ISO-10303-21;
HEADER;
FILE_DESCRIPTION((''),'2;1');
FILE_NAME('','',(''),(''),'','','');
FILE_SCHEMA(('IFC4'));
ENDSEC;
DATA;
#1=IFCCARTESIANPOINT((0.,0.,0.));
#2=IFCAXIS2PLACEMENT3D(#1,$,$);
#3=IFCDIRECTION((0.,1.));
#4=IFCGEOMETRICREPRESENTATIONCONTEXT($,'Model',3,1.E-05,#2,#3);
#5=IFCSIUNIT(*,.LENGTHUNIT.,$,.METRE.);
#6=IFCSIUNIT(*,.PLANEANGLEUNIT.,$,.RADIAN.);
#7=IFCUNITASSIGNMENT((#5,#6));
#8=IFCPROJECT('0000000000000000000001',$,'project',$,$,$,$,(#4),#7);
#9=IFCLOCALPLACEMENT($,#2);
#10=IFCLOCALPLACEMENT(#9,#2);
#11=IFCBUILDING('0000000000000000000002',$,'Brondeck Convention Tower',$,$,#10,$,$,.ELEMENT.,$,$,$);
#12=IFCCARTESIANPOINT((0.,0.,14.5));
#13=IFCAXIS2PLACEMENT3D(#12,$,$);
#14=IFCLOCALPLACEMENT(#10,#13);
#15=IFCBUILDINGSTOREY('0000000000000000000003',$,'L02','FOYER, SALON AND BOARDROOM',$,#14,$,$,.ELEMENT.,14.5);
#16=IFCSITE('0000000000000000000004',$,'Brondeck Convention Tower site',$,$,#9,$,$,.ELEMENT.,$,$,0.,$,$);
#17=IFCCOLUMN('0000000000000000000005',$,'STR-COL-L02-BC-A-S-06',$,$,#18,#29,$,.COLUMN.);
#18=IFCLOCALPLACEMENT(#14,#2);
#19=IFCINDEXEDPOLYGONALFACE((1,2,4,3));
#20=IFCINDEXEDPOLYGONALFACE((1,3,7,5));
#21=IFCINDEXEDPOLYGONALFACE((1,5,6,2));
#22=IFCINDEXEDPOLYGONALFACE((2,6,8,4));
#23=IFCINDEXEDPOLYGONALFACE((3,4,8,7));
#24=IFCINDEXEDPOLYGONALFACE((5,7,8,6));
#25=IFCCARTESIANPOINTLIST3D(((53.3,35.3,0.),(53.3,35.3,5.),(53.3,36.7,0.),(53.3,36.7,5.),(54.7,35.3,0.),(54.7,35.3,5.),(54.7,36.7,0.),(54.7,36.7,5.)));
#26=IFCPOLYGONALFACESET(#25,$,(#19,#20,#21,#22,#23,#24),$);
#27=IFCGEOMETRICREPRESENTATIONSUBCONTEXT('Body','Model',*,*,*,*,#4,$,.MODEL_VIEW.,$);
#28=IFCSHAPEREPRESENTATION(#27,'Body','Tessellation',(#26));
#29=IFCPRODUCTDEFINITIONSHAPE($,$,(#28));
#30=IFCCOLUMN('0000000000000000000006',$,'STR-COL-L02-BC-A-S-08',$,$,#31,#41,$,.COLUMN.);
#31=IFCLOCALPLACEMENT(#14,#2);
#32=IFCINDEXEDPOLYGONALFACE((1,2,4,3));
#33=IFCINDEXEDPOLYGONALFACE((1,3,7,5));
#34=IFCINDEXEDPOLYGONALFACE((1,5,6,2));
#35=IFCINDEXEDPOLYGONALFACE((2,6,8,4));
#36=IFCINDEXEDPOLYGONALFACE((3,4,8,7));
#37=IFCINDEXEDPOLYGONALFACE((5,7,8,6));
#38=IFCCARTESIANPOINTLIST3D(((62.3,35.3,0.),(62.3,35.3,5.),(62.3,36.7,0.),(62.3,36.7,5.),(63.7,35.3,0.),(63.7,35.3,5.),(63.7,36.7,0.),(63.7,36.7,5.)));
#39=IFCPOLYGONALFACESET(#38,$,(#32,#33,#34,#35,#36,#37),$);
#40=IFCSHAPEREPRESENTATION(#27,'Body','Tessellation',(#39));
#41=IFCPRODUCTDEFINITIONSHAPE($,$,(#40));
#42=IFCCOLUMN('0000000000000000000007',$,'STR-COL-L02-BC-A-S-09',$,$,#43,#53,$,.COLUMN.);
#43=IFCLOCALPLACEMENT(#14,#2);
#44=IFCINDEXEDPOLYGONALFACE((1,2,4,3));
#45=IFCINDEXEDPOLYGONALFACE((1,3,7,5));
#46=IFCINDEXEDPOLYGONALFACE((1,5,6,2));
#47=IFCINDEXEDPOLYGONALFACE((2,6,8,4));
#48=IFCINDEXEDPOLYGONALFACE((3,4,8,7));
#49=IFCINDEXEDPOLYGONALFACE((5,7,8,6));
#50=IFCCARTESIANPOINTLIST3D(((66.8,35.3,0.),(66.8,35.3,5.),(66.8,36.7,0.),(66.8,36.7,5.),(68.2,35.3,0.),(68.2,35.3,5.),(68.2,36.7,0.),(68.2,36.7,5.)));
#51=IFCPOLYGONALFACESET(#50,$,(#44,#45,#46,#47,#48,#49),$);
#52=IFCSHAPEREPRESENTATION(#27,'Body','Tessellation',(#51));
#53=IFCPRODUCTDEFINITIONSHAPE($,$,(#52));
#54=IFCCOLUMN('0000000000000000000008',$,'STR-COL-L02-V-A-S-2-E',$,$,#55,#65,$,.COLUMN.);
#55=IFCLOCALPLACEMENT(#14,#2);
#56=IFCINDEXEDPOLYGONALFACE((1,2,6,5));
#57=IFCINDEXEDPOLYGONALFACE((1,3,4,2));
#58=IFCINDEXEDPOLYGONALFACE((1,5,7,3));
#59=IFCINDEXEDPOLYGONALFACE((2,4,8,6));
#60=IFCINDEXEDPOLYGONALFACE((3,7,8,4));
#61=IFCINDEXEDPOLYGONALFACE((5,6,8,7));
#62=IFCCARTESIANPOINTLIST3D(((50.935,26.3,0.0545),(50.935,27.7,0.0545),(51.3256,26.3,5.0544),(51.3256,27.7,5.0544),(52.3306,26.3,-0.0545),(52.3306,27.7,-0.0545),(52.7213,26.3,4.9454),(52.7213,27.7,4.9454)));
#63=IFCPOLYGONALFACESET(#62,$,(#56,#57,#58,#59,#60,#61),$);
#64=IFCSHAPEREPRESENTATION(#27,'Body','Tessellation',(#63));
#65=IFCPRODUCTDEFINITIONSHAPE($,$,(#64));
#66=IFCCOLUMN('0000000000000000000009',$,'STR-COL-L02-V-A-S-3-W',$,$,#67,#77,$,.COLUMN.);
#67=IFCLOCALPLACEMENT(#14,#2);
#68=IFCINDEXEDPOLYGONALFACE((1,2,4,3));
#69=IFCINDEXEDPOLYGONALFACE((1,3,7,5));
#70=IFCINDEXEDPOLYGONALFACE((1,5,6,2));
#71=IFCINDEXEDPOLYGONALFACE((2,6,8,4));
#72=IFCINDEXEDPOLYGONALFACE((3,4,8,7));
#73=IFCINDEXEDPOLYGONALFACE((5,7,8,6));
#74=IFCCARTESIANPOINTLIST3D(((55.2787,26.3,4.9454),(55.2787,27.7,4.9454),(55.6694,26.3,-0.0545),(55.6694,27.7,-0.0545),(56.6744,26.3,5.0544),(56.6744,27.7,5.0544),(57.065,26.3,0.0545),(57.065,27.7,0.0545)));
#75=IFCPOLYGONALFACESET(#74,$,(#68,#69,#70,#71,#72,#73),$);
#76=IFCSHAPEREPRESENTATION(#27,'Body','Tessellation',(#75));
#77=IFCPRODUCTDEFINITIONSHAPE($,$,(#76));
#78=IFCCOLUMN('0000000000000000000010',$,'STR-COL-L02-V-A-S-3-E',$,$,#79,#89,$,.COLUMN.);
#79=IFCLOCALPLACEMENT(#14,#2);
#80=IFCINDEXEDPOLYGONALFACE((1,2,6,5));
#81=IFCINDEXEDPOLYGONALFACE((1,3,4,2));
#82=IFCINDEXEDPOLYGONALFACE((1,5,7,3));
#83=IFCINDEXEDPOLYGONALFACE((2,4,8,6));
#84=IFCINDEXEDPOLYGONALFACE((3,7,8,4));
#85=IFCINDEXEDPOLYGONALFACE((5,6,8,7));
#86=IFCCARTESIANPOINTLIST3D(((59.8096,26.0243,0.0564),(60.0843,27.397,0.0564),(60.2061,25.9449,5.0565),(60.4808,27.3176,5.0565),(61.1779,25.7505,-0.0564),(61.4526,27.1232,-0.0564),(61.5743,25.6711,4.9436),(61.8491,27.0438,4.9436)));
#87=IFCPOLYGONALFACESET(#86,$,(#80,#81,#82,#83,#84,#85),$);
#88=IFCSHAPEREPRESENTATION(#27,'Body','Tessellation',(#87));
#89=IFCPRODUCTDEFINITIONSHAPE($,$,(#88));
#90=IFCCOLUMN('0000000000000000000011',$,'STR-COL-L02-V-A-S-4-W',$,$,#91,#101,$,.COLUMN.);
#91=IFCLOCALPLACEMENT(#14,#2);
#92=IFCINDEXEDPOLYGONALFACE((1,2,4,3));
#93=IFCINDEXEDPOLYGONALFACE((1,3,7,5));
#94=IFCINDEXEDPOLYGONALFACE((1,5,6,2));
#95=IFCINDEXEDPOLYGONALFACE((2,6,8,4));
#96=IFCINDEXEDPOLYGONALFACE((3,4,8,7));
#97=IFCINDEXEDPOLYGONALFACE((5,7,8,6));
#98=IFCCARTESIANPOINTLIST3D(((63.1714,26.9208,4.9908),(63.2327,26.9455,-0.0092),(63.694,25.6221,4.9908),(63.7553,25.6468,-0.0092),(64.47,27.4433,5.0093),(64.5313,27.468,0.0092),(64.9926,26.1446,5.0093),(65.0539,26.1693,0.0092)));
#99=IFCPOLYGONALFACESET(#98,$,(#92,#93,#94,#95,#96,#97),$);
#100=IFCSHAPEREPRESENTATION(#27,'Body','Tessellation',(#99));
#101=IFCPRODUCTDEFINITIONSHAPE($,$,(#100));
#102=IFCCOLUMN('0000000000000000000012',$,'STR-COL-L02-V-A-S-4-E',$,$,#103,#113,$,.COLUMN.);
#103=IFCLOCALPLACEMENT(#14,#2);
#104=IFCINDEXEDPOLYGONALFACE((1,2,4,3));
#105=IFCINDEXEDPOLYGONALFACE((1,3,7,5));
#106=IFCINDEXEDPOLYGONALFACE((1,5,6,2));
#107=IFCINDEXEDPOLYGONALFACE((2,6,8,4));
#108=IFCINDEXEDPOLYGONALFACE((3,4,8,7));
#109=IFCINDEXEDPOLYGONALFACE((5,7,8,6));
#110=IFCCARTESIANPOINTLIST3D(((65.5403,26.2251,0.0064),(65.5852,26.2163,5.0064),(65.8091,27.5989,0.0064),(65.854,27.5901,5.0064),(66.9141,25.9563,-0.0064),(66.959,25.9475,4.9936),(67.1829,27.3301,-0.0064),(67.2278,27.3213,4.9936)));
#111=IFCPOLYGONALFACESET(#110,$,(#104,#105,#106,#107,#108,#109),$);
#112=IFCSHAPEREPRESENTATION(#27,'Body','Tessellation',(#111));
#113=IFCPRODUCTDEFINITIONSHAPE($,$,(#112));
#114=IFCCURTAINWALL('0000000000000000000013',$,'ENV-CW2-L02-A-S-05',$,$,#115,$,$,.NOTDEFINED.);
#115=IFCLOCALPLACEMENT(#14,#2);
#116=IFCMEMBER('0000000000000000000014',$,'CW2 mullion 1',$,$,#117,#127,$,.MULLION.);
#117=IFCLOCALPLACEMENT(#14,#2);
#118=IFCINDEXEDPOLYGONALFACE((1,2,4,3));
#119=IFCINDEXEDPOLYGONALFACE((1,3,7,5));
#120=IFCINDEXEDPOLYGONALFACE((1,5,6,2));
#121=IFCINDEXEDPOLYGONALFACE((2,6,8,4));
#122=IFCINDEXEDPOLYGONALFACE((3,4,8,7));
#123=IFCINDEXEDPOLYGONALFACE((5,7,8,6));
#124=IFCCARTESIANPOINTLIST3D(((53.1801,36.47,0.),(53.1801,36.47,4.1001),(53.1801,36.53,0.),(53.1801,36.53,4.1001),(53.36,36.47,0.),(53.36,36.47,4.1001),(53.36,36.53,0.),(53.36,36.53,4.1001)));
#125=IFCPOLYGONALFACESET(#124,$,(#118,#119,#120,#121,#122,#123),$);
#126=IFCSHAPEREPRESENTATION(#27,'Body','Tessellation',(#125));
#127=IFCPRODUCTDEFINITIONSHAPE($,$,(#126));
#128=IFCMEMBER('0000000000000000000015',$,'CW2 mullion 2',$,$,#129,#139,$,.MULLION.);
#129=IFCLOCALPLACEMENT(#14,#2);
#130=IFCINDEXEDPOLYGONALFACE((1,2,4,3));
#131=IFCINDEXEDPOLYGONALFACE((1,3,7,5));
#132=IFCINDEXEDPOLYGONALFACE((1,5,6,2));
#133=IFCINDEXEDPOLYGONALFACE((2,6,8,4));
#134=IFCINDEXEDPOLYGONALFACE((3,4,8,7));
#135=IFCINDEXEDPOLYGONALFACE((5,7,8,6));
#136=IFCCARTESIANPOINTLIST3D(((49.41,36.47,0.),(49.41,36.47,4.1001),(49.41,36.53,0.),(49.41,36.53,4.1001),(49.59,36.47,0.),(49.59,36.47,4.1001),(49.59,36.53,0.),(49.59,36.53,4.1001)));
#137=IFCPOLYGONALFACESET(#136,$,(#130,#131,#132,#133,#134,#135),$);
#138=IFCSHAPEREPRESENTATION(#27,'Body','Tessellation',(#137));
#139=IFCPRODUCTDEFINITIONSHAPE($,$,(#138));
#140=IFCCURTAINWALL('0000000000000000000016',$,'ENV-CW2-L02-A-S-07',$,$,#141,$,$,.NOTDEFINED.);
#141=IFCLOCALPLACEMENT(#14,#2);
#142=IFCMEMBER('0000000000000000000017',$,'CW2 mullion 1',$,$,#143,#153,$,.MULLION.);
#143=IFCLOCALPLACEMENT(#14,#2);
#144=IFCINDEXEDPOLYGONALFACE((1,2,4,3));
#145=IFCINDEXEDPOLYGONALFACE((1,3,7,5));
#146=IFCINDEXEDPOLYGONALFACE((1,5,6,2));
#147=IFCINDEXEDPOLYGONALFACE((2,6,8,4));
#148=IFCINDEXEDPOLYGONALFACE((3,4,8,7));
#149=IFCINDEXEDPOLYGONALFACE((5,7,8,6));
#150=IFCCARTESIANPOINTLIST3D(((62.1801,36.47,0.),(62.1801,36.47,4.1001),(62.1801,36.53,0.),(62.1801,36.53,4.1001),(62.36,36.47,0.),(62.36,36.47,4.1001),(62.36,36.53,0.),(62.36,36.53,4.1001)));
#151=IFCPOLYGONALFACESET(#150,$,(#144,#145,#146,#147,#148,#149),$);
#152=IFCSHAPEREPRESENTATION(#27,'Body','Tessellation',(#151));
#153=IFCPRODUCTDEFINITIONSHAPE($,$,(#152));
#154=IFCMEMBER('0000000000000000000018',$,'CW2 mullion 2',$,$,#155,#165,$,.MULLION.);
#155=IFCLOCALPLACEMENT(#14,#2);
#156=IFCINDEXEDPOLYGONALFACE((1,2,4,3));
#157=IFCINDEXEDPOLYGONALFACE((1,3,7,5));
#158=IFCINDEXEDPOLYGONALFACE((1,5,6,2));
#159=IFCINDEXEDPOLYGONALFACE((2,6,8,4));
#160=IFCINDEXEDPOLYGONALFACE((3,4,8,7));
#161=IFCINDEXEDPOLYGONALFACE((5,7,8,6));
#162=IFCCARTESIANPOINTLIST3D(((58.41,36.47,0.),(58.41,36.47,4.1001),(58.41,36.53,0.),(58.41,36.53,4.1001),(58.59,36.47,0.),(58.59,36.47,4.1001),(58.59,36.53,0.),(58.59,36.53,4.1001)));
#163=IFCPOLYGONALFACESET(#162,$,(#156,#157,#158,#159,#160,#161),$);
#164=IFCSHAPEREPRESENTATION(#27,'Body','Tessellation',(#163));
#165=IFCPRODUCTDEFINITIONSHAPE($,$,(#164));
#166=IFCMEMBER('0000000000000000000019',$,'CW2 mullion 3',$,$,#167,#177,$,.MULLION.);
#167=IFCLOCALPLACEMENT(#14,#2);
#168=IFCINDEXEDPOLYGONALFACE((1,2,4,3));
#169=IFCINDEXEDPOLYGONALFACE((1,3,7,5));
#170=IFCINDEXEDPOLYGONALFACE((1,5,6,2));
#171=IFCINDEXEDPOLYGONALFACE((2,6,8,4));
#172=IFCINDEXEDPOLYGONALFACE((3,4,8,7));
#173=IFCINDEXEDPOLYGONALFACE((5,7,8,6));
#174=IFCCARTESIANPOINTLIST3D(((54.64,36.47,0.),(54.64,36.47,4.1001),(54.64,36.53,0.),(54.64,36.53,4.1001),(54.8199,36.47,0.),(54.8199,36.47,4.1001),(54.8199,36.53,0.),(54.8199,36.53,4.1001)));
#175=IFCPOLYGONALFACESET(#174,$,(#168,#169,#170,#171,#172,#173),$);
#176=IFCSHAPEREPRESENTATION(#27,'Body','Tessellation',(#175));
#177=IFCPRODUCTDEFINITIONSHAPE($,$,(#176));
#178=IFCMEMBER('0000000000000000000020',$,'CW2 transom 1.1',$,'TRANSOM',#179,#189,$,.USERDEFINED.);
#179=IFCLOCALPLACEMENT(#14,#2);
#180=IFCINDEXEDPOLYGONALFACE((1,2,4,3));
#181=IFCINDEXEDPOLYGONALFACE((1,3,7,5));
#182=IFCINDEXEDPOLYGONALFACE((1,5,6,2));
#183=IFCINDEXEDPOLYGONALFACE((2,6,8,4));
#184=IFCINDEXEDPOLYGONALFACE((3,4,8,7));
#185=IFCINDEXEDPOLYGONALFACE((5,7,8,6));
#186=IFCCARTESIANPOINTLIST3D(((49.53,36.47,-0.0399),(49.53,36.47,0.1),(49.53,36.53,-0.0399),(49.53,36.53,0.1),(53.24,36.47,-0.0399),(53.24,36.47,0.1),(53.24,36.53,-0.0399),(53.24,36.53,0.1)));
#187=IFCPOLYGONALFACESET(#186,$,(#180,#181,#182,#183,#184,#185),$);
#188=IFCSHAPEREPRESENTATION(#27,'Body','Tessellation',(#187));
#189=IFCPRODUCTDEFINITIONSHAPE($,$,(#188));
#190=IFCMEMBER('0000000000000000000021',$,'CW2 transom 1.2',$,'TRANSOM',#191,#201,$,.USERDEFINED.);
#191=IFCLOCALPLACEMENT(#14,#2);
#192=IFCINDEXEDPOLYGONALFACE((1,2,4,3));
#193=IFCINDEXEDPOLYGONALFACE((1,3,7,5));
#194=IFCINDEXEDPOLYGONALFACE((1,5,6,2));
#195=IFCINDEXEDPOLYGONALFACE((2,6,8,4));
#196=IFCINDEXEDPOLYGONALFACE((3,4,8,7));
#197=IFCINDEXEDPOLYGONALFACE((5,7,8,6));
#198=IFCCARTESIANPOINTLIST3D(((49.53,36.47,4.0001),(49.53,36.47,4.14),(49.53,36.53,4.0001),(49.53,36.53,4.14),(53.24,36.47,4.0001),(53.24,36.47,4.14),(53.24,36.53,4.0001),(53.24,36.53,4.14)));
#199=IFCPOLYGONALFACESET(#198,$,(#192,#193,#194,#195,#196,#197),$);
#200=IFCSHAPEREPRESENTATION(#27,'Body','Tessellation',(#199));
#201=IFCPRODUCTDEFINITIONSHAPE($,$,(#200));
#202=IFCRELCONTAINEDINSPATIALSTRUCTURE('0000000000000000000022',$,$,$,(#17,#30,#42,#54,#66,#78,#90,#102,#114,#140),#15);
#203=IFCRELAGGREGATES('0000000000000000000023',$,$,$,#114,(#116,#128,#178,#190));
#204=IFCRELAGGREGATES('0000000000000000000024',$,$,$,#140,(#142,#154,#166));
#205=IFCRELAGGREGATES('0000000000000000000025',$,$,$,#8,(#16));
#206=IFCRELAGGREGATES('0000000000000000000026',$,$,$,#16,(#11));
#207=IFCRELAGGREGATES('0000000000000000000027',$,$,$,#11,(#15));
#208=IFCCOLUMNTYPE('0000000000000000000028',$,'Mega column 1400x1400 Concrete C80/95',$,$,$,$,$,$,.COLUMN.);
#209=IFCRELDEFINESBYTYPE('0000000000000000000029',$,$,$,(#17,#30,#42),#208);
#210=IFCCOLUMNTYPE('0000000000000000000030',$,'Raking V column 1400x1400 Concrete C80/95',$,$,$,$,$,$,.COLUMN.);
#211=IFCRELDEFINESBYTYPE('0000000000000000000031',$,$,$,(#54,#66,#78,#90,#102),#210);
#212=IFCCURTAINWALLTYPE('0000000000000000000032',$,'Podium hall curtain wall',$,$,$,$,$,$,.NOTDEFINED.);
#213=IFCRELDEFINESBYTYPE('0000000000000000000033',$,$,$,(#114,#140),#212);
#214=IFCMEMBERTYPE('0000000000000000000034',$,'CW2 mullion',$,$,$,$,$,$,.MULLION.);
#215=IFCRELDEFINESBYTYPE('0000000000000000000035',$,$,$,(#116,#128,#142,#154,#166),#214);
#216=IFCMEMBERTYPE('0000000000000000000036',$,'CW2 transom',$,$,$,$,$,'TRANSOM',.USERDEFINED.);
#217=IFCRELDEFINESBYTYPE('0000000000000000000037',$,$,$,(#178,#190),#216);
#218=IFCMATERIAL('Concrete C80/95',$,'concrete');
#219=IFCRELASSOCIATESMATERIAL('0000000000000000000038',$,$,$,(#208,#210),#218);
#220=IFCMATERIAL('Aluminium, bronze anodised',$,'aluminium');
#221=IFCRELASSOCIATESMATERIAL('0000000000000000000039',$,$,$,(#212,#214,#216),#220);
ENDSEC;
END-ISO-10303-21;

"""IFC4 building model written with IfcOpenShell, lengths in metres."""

from ifc_helpers import new_model, si_unit, direction, frame, origin, origin_2d, place, context, subcontext, project, spatial, rectangle, extrude, material, material_profile, profile_set, type_object, element, aggregate, save


model = new_model("IFC4")

# Units and contexts
model_context = context("Model", 3, precision=1e-05, world=origin(), true_north=direction((0.0, 1.0)))
body_context = subcontext(model_context, "Body", "Model", "MODEL_VIEW")
ifc_project = project(units=[si_unit("LENGTHUNIT", "METRE"), si_unit("PLANEANGLEUNIT", "RADIAN")], contexts=[model_context])

# Site, building, storey
site_placement = place(None, origin())
site = spatial("IfcSite", under=ifc_project, at=site_placement, Name="Brondeck Convention Tower site", CompositionType="ELEMENT", RefElevation=0.0)
building_placement = place(site_placement, origin())
building = spatial("IfcBuilding", under=site, at=building_placement, Name="Brondeck Convention Tower", CompositionType="ELEMENT")
storey_placement = place(building_placement, frame((0.0, 0.0, 14.5)))
storey = spatial("IfcBuildingStorey", under=building, at=storey_placement, Name="L02", Description="FOYER, SALON AND BOARDROOM", CompositionType="ELEMENT", Elevation=14.5)

# Columns
ifc_material_1 = material(Name="Concrete C80/95", Category="concrete")
ifc_material_profile_1 = material_profile(ifc_material_1, rectangle(XDim=1.3999, YDim=1.3999, at=origin_2d()), Name="Mega column 1400x1400 Concrete C80/95")
ifc_profile_set_1 = profile_set([ifc_material_profile_1], Name="Concrete C80/95")
column_type_1 = type_object("IfcColumnType", Name="Mega column 1400x1400 Concrete C80/95", PredefinedType="COLUMN", material=ifc_profile_set_1)
for number, where, z_axis, x_axis, name in (
    (1, (54.0, 36.0, 0.0), (0.0, 0.0, 1.0), (1.0, 0.0, 0.0), "STR-COL-L02-BC-A-S-06"),
    (2, (63.0, 36.0, 0.0), (0.0, 0.0, 1.0), (1.0, 0.0, 0.0), "STR-COL-L02-BC-A-S-08"),
    (3, (67.5, 36.0, 0.0), (0.0, 0.0, 1.0), (1.0, 0.0, 0.0), "STR-COL-L02-BC-A-S-09"),
):
    element("IfcColumn", number, at=place(storey_placement, frame(where, z_axis=z_axis, x_axis=x_axis)), inside=storey, type_object=column_type_1, Name=name, PredefinedType="COLUMN", context=body_context, shape_type="SweptSolid", body=[
        extrude(rectangle(XDim=1.3999, YDim=1.3999, at=origin_2d()), origin(), (0.0, 0.0, 1.0), 5.0),
    ])
ifc_material_profile_2 = material_profile(ifc_material_1, rectangle(XDim=1.3999, YDim=1.3999, at=origin_2d()), Name="Raking V column 1400x1400 Concrete C80/95")
ifc_profile_set_2 = profile_set([ifc_material_profile_2], Name="Concrete C80/95")
column_type_2 = type_object("IfcColumnType", Name="Raking V column 1400x1400 Concrete C80/95", PredefinedType="COLUMN", material=ifc_profile_set_2)
for number, where, z_axis, x_axis, name in (
    (4, (51.6328, 27.0, 0.0), (0.077888, 0.0, 0.996962), (0.0, 1.0, 0.0), "STR-COL-L02-V-A-S-2-E"),
    (5, (56.3672, 27.0, 0.0), (-0.077888, 0.0, 0.996962), (0.0, -1.0, 0.0), "STR-COL-L02-V-A-S-3-W"),
):
    element("IfcColumn", number, at=place(storey_placement, frame(where, z_axis=z_axis, x_axis=x_axis)), inside=storey, type_object=column_type_2, Name=name, PredefinedType="COLUMN", context=body_context, shape_type="SweptSolid", body=[
        extrude(rectangle(XDim=1.3999, YDim=1.3999, at=origin_2d()), origin(), (0.0, 0.0, 1.0), 5.0151),
    ])
column_1_placement = place(storey_placement, frame((60.6311, 26.5737, 0.0), z_axis=(0.079039, -0.015818, 0.996746), x_axis=(0.196232, 0.980557, 0.0)))
element("IfcColumn", 6, at=column_1_placement, inside=storey, type_object=column_type_2, Name="STR-COL-L02-V-A-S-3-E", PredefinedType="COLUMN", context=body_context, shape_type="SweptSolid", body=[
    extrude(rectangle(XDim=1.3999, YDim=1.3999, at=origin_2d()), origin(), (0.0, 0.0, 1.0), 5.0164),
])
column_2_placement = place(storey_placement, frame((64.1433, 26.5574, 0.0), z_axis=(-0.012255, -0.004931, 0.999913), x_axis=(0.373302, -0.92771, 0.0)))
element("IfcColumn", 7, at=column_2_placement, inside=storey, type_object=column_type_2, Name="STR-COL-L02-V-A-S-4-W", PredefinedType="COLUMN", context=body_context, shape_type="SweptSolid", body=[
    extrude(rectangle(XDim=1.3999, YDim=1.3999, at=origin_2d()), origin(), (0.0, 0.0, 1.0), 5.0005),
])
column_3_placement = place(storey_placement, frame((66.3616, 26.7776, 0.0), z_axis=(0.008984, -0.001758, 0.999958), x_axis=(0.192012, 0.981393, 0.0)))
element("IfcColumn", 8, at=column_3_placement, inside=storey, type_object=column_type_2, Name="STR-COL-L02-V-A-S-4-E", PredefinedType="COLUMN", context=body_context, shape_type="SweptSolid", body=[
    extrude(rectangle(XDim=1.3999, YDim=1.3999, at=origin_2d()), origin(), (0.0, 0.0, 1.0), 5.0002),
])

# Curtain walls, members
ifc_material_2 = material(Name="Aluminium, bronze anodised", Category="aluminium")
curtain_wall_type = type_object("IfcCurtainWallType", Name="Podium hall curtain wall", PredefinedType="NOTDEFINED", material=ifc_material_2)
curtain_wall_1_placement = place(storey_placement, origin())
curtain_wall_1 = element("IfcCurtainWall", 9, at=curtain_wall_1_placement, inside=storey, type_object=curtain_wall_type, Name="ENV-CW2-L02-A-S-05", PredefinedType="NOTDEFINED")
ifc_material_profile_3 = material_profile(ifc_material_2, rectangle(XDim=0.0601, YDim=0.1799, at=origin_2d()), Name="CW2 mullion")
ifc_profile_set_3 = profile_set([ifc_material_profile_3], Name="Aluminium, bronze anodised")
member_type_1 = type_object("IfcMemberType", Name="CW2 mullion", PredefinedType="MULLION", material=ifc_profile_set_3)
member_1_placement = place(storey_placement, frame((53.27, 36.5, 0.0), z_axis=(0.0, 0.0, 1.0), x_axis=(0.0, -1.0, 0.0)))
member_1 = element("IfcMember", 10, at=member_1_placement, type_object=member_type_1, Name="CW2 mullion 1", PredefinedType="MULLION", context=body_context, shape_type="SweptSolid", body=[
    extrude(rectangle(XDim=0.0601, YDim=0.1799, at=origin_2d()), origin(), (0.0, 0.0, 1.0), 4.1001),
])
member_2_placement = place(storey_placement, frame((49.5, 36.5, 0.0), z_axis=(0.0, 0.0, 1.0), x_axis=(0.0, -1.0, 0.0)))
member_2 = element("IfcMember", 11, at=member_2_placement, type_object=member_type_1, Name="CW2 mullion 2", PredefinedType="MULLION", context=body_context, shape_type="SweptSolid", body=[
    extrude(rectangle(XDim=0.0601, YDim=0.1799, at=origin_2d()), origin(), (0.0, 0.0, 1.0), 4.1001),
])
curtain_wall_2_placement = place(storey_placement, origin())
curtain_wall_2 = element("IfcCurtainWall", 12, at=curtain_wall_2_placement, inside=storey, type_object=curtain_wall_type, Name="ENV-CW2-L02-A-S-07", PredefinedType="NOTDEFINED")
member_3_placement = place(storey_placement, frame((62.27, 36.5, 0.0), z_axis=(0.0, 0.0, 1.0), x_axis=(0.0, -1.0, 0.0)))
member_3 = element("IfcMember", 13, at=member_3_placement, type_object=member_type_1, Name="CW2 mullion 1", PredefinedType="MULLION", context=body_context, shape_type="SweptSolid", body=[
    extrude(rectangle(XDim=0.0601, YDim=0.1799, at=origin_2d()), origin(), (0.0, 0.0, 1.0), 4.1001),
])
member_4_placement = place(storey_placement, frame((58.5, 36.5, 0.0), z_axis=(0.0, 0.0, 1.0), x_axis=(0.0, -1.0, 0.0)))
member_4 = element("IfcMember", 14, at=member_4_placement, type_object=member_type_1, Name="CW2 mullion 2", PredefinedType="MULLION", context=body_context, shape_type="SweptSolid", body=[
    extrude(rectangle(XDim=0.0601, YDim=0.1799, at=origin_2d()), origin(), (0.0, 0.0, 1.0), 4.1001),
])
member_5_placement = place(storey_placement, frame((54.73, 36.5, 0.0), z_axis=(0.0, 0.0, 1.0), x_axis=(0.0, -1.0, 0.0)))
member_5 = element("IfcMember", 15, at=member_5_placement, type_object=member_type_1, Name="CW2 mullion 3", PredefinedType="MULLION", context=body_context, shape_type="SweptSolid", body=[
    extrude(rectangle(XDim=0.0601, YDim=0.1799, at=origin_2d()), origin(), (0.0, 0.0, 1.0), 4.1001),
])

# Members
ifc_material_profile_4 = material_profile(ifc_material_2, rectangle(XDim=0.0601, YDim=0.1399, at=origin_2d()), Name="CW2 transom")
ifc_profile_set_4 = profile_set([ifc_material_profile_4], Name="Aluminium, bronze anodised")
member_type_2 = type_object("IfcMemberType", Name="CW2 transom", ElementType="TRANSOM", PredefinedType="USERDEFINED", material=ifc_profile_set_4)
member_6_placement = place(storey_placement, frame((53.24, 36.5, 0.03), z_axis=(-1.0, 0.0, 0.0), x_axis=(0.0, -1.0, 0.0)))
member_6 = element("IfcMember", 16, at=member_6_placement, type_object=member_type_2, Name="CW2 transom 1.1", ObjectType="TRANSOM", PredefinedType="USERDEFINED", context=body_context, shape_type="SweptSolid", body=[
    extrude(rectangle(XDim=0.0601, YDim=0.1399, at=origin_2d()), origin(), (0.0, 0.0, 1.0), 3.71),
])
member_7_placement = place(storey_placement, frame((53.24, 36.5, 4.0701), z_axis=(-1.0, 0.0, 0.0), x_axis=(0.0, -1.0, 0.0)))
member_7 = element("IfcMember", 17, at=member_7_placement, type_object=member_type_2, Name="CW2 transom 1.2", ObjectType="TRANSOM", PredefinedType="USERDEFINED", context=body_context, shape_type="SweptSolid", body=[
    extrude(rectangle(XDim=0.0601, YDim=0.1399, at=origin_2d()), origin(), (0.0, 0.0, 1.0), 3.71),
])

aggregate(curtain_wall_1, [member_1, member_2, member_6, member_7])
aggregate(curtain_wall_2, [member_3, member_4, member_5])

save(model, "model.ifc")
